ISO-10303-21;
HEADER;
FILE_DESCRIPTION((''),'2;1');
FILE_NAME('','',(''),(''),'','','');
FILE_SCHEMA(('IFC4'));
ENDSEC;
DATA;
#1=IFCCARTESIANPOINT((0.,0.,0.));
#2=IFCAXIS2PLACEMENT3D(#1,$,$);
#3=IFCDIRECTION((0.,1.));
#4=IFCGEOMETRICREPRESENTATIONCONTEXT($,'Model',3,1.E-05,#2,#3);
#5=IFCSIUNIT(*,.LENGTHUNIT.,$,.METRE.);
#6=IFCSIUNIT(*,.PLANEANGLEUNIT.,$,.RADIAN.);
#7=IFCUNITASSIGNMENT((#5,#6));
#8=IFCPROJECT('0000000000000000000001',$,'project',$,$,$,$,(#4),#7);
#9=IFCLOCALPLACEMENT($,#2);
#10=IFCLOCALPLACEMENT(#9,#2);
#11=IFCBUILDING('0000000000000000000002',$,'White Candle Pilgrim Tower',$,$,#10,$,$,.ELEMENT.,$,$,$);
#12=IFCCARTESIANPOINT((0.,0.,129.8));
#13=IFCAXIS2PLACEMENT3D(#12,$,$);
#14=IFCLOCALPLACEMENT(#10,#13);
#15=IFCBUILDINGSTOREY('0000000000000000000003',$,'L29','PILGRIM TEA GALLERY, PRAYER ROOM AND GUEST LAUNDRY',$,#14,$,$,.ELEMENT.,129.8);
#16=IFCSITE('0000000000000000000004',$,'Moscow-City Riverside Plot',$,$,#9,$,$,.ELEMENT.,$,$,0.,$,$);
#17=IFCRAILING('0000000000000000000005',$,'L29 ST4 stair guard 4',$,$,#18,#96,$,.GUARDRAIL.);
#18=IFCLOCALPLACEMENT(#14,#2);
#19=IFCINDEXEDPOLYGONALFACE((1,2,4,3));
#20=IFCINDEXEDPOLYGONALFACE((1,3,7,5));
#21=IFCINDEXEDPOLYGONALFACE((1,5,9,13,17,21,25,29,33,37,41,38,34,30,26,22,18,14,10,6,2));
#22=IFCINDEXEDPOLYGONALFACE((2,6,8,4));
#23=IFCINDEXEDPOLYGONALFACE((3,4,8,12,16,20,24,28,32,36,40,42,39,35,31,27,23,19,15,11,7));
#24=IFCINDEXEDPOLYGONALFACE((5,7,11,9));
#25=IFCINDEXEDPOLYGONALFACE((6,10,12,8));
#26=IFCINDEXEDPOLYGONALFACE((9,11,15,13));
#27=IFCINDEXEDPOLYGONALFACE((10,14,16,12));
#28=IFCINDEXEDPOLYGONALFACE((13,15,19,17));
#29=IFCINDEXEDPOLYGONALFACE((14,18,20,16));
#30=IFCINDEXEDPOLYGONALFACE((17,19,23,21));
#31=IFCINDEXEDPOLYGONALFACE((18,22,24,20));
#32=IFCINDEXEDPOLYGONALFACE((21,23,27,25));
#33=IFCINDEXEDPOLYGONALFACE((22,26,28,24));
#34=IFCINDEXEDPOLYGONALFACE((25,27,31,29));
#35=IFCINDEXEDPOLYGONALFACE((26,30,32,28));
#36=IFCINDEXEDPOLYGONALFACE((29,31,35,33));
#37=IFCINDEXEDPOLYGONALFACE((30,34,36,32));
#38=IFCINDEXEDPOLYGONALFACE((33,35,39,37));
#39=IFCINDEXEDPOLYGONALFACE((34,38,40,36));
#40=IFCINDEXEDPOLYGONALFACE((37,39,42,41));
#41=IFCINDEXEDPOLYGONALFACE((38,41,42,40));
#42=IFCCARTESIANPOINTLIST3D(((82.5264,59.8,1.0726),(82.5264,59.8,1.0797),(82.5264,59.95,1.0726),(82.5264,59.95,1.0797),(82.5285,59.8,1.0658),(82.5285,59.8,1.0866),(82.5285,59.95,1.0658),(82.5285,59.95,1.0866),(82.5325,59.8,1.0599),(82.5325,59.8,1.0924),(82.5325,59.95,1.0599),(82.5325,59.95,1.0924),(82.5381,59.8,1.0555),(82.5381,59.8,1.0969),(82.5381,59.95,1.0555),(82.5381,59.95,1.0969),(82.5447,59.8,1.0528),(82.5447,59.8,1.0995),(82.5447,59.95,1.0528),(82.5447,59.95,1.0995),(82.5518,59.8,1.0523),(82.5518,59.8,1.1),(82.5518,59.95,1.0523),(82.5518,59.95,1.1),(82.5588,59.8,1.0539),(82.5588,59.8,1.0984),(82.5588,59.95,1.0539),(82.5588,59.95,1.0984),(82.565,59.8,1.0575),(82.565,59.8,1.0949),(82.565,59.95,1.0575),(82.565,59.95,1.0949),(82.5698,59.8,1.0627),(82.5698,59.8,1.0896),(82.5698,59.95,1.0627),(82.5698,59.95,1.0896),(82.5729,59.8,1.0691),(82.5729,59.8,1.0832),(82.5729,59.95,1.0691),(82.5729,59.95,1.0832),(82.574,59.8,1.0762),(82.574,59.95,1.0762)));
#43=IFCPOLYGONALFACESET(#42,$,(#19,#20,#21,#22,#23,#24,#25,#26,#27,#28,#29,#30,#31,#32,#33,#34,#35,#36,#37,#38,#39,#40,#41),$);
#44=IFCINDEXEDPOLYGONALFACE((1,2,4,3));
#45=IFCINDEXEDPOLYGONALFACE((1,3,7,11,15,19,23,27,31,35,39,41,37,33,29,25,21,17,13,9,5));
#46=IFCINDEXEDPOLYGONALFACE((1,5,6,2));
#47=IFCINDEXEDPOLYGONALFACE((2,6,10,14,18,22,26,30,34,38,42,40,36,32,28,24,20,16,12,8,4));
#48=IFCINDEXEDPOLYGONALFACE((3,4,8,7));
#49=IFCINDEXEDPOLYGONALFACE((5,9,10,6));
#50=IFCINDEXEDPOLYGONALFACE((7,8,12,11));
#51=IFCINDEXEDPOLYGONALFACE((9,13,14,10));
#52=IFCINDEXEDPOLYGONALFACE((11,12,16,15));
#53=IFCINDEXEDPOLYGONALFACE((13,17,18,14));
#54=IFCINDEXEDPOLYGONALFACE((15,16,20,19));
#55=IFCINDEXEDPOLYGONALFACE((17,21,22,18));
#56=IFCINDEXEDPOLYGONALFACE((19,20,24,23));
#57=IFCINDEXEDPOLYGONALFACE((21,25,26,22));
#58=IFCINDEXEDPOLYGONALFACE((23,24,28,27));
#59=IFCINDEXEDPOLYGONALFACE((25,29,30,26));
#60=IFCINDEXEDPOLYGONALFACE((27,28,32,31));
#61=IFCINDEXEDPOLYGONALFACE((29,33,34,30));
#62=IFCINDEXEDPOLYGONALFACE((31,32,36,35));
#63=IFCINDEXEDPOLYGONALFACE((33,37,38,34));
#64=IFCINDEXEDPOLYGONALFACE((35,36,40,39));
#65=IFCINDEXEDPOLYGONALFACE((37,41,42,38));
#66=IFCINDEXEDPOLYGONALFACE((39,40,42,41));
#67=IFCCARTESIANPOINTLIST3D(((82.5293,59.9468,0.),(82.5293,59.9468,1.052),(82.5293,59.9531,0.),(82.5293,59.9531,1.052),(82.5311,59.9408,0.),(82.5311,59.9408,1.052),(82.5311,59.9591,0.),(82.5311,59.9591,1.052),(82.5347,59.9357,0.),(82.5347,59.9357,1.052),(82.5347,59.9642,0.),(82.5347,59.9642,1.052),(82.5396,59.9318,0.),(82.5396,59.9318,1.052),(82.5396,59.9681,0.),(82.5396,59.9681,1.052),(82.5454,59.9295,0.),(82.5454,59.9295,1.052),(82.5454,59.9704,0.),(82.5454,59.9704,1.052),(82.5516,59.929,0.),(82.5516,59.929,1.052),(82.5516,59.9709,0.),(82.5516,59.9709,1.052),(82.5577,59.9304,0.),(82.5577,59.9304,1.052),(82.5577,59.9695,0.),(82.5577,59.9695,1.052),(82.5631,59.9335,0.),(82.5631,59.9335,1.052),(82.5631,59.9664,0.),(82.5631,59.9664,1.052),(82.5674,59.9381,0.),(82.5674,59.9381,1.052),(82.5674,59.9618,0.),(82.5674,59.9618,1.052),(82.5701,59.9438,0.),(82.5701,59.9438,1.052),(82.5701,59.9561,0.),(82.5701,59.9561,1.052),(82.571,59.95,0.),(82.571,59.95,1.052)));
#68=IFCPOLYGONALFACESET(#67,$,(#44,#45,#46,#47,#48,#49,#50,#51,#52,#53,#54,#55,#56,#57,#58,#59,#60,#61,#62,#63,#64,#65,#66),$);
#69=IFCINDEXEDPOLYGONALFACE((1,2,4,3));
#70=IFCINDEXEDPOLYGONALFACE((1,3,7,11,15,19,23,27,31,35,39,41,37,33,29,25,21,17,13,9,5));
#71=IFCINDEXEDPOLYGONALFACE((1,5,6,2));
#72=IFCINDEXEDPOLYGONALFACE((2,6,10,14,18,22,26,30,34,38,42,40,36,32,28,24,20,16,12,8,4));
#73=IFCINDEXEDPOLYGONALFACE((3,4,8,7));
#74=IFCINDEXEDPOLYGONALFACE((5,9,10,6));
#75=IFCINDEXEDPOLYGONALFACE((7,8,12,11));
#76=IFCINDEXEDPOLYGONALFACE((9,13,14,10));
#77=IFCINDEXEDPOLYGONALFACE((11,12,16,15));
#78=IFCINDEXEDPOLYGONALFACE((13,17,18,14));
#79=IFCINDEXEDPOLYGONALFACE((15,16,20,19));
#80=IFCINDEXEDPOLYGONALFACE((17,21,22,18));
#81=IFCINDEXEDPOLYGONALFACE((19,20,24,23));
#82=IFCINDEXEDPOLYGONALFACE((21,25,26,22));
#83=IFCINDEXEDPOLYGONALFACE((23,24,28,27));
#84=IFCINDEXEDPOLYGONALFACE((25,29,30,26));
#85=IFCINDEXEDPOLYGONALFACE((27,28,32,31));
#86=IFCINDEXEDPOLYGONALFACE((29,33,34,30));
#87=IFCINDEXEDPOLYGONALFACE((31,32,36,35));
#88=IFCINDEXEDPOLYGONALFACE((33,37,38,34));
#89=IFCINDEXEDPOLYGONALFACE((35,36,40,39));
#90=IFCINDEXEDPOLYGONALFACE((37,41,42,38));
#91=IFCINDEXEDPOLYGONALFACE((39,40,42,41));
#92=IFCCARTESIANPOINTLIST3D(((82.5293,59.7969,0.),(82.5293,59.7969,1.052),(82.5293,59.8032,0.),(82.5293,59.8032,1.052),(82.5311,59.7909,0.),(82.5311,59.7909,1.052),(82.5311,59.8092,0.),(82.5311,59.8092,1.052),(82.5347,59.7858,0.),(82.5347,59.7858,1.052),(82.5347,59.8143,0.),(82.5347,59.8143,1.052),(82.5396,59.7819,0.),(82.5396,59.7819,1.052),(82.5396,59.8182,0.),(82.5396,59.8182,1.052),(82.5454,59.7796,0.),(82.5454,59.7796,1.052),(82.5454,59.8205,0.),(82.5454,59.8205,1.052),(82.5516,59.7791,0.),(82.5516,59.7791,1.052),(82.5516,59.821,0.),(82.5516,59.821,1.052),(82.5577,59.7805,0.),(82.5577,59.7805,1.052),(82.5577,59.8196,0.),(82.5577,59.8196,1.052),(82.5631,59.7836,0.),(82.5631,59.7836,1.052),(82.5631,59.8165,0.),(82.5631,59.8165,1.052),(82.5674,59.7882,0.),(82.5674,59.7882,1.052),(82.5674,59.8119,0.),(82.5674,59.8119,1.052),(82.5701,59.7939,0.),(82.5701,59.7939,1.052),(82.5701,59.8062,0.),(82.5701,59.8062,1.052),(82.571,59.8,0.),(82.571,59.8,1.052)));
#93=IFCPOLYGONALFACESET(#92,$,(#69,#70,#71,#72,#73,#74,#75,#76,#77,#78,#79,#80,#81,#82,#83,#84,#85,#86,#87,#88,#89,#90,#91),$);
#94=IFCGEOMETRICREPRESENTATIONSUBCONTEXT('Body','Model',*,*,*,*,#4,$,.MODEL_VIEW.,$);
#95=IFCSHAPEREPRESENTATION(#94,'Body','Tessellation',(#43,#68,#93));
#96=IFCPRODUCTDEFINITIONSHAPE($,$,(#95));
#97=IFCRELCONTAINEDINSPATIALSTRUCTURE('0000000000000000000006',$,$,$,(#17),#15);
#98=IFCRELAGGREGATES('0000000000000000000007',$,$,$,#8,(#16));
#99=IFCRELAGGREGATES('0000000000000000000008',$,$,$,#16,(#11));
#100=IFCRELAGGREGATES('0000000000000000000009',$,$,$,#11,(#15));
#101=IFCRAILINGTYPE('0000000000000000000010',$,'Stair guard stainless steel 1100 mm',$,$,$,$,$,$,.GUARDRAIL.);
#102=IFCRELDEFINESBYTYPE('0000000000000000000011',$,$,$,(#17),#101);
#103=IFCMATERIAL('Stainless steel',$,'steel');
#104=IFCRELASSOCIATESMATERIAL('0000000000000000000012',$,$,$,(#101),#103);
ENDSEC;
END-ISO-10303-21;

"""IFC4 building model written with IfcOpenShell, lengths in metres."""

from ifc_helpers import new_model, si_unit, direction, frame, origin, origin_2d, place, context, subcontext, project, spatial, circle, extrude, material, type_object, element, save


model = new_model("IFC4")

# Units and contexts
model_context = context("Model", 3, precision=1e-05, world=origin(), true_north=direction((0.0, 1.0)))
body_context = subcontext(model_context, "Body", "Model", "MODEL_VIEW")
ifc_project = project(units=[si_unit("LENGTHUNIT", "METRE"), si_unit("PLANEANGLEUNIT", "RADIAN")], contexts=[model_context])

# Site, building, storey
site_placement = place(None, origin())
site = spatial("IfcSite", under=ifc_project, at=site_placement, Name="Moscow-City Riverside Plot", CompositionType="ELEMENT", RefElevation=0.0)
building_placement = place(site_placement, origin())
building = spatial("IfcBuilding", under=site, at=building_placement, Name="White Candle Pilgrim Tower", CompositionType="ELEMENT")
storey_placement = place(building_placement, frame((0.0, 0.0, 129.8)))
storey = spatial("IfcBuildingStorey", under=building, at=storey_placement, Name="L29", Description="PILGRIM TEA GALLERY, PRAYER ROOM AND GUEST LAUNDRY", CompositionType="ELEMENT", Elevation=129.8)

# Railing
ifc_material_1 = material(Name="Stainless steel", Category="steel")
railing_type_1 = type_object("IfcRailingType", Name="Stair guard stainless steel 1100 mm", PredefinedType="GUARDRAIL", material=ifc_material_1)
railing_1_placement = place(storey_placement, frame((82.55, 59.95, 0.0)))
element("IfcRailing", 1, at=railing_1_placement, inside=storey, type_object=railing_type_1, Name="L29 ST4 stair guard 4", PredefinedType="GUARDRAIL", context=body_context, shape_type="SweptSolid", body=[
    extrude(circle(Radius=0.0239, at=origin_2d()), frame((0.0, 0.0, 1.0762), z_axis=(0.0, -1.0, 0.0), x_axis=(1.0, 0.0, 0.0)), (0.0, 0.0, 1.0), 0.1499),
    extrude(circle(Radius=0.021, at=origin_2d()), origin(), (0.0, 0.0, 1.0), 1.052),
    extrude(circle(Radius=0.021, at=origin_2d()), frame((0.0, -0.1499, 0.0)), (0.0, 0.0, 1.0), 1.052),
])

save(model, "model.ifc")
